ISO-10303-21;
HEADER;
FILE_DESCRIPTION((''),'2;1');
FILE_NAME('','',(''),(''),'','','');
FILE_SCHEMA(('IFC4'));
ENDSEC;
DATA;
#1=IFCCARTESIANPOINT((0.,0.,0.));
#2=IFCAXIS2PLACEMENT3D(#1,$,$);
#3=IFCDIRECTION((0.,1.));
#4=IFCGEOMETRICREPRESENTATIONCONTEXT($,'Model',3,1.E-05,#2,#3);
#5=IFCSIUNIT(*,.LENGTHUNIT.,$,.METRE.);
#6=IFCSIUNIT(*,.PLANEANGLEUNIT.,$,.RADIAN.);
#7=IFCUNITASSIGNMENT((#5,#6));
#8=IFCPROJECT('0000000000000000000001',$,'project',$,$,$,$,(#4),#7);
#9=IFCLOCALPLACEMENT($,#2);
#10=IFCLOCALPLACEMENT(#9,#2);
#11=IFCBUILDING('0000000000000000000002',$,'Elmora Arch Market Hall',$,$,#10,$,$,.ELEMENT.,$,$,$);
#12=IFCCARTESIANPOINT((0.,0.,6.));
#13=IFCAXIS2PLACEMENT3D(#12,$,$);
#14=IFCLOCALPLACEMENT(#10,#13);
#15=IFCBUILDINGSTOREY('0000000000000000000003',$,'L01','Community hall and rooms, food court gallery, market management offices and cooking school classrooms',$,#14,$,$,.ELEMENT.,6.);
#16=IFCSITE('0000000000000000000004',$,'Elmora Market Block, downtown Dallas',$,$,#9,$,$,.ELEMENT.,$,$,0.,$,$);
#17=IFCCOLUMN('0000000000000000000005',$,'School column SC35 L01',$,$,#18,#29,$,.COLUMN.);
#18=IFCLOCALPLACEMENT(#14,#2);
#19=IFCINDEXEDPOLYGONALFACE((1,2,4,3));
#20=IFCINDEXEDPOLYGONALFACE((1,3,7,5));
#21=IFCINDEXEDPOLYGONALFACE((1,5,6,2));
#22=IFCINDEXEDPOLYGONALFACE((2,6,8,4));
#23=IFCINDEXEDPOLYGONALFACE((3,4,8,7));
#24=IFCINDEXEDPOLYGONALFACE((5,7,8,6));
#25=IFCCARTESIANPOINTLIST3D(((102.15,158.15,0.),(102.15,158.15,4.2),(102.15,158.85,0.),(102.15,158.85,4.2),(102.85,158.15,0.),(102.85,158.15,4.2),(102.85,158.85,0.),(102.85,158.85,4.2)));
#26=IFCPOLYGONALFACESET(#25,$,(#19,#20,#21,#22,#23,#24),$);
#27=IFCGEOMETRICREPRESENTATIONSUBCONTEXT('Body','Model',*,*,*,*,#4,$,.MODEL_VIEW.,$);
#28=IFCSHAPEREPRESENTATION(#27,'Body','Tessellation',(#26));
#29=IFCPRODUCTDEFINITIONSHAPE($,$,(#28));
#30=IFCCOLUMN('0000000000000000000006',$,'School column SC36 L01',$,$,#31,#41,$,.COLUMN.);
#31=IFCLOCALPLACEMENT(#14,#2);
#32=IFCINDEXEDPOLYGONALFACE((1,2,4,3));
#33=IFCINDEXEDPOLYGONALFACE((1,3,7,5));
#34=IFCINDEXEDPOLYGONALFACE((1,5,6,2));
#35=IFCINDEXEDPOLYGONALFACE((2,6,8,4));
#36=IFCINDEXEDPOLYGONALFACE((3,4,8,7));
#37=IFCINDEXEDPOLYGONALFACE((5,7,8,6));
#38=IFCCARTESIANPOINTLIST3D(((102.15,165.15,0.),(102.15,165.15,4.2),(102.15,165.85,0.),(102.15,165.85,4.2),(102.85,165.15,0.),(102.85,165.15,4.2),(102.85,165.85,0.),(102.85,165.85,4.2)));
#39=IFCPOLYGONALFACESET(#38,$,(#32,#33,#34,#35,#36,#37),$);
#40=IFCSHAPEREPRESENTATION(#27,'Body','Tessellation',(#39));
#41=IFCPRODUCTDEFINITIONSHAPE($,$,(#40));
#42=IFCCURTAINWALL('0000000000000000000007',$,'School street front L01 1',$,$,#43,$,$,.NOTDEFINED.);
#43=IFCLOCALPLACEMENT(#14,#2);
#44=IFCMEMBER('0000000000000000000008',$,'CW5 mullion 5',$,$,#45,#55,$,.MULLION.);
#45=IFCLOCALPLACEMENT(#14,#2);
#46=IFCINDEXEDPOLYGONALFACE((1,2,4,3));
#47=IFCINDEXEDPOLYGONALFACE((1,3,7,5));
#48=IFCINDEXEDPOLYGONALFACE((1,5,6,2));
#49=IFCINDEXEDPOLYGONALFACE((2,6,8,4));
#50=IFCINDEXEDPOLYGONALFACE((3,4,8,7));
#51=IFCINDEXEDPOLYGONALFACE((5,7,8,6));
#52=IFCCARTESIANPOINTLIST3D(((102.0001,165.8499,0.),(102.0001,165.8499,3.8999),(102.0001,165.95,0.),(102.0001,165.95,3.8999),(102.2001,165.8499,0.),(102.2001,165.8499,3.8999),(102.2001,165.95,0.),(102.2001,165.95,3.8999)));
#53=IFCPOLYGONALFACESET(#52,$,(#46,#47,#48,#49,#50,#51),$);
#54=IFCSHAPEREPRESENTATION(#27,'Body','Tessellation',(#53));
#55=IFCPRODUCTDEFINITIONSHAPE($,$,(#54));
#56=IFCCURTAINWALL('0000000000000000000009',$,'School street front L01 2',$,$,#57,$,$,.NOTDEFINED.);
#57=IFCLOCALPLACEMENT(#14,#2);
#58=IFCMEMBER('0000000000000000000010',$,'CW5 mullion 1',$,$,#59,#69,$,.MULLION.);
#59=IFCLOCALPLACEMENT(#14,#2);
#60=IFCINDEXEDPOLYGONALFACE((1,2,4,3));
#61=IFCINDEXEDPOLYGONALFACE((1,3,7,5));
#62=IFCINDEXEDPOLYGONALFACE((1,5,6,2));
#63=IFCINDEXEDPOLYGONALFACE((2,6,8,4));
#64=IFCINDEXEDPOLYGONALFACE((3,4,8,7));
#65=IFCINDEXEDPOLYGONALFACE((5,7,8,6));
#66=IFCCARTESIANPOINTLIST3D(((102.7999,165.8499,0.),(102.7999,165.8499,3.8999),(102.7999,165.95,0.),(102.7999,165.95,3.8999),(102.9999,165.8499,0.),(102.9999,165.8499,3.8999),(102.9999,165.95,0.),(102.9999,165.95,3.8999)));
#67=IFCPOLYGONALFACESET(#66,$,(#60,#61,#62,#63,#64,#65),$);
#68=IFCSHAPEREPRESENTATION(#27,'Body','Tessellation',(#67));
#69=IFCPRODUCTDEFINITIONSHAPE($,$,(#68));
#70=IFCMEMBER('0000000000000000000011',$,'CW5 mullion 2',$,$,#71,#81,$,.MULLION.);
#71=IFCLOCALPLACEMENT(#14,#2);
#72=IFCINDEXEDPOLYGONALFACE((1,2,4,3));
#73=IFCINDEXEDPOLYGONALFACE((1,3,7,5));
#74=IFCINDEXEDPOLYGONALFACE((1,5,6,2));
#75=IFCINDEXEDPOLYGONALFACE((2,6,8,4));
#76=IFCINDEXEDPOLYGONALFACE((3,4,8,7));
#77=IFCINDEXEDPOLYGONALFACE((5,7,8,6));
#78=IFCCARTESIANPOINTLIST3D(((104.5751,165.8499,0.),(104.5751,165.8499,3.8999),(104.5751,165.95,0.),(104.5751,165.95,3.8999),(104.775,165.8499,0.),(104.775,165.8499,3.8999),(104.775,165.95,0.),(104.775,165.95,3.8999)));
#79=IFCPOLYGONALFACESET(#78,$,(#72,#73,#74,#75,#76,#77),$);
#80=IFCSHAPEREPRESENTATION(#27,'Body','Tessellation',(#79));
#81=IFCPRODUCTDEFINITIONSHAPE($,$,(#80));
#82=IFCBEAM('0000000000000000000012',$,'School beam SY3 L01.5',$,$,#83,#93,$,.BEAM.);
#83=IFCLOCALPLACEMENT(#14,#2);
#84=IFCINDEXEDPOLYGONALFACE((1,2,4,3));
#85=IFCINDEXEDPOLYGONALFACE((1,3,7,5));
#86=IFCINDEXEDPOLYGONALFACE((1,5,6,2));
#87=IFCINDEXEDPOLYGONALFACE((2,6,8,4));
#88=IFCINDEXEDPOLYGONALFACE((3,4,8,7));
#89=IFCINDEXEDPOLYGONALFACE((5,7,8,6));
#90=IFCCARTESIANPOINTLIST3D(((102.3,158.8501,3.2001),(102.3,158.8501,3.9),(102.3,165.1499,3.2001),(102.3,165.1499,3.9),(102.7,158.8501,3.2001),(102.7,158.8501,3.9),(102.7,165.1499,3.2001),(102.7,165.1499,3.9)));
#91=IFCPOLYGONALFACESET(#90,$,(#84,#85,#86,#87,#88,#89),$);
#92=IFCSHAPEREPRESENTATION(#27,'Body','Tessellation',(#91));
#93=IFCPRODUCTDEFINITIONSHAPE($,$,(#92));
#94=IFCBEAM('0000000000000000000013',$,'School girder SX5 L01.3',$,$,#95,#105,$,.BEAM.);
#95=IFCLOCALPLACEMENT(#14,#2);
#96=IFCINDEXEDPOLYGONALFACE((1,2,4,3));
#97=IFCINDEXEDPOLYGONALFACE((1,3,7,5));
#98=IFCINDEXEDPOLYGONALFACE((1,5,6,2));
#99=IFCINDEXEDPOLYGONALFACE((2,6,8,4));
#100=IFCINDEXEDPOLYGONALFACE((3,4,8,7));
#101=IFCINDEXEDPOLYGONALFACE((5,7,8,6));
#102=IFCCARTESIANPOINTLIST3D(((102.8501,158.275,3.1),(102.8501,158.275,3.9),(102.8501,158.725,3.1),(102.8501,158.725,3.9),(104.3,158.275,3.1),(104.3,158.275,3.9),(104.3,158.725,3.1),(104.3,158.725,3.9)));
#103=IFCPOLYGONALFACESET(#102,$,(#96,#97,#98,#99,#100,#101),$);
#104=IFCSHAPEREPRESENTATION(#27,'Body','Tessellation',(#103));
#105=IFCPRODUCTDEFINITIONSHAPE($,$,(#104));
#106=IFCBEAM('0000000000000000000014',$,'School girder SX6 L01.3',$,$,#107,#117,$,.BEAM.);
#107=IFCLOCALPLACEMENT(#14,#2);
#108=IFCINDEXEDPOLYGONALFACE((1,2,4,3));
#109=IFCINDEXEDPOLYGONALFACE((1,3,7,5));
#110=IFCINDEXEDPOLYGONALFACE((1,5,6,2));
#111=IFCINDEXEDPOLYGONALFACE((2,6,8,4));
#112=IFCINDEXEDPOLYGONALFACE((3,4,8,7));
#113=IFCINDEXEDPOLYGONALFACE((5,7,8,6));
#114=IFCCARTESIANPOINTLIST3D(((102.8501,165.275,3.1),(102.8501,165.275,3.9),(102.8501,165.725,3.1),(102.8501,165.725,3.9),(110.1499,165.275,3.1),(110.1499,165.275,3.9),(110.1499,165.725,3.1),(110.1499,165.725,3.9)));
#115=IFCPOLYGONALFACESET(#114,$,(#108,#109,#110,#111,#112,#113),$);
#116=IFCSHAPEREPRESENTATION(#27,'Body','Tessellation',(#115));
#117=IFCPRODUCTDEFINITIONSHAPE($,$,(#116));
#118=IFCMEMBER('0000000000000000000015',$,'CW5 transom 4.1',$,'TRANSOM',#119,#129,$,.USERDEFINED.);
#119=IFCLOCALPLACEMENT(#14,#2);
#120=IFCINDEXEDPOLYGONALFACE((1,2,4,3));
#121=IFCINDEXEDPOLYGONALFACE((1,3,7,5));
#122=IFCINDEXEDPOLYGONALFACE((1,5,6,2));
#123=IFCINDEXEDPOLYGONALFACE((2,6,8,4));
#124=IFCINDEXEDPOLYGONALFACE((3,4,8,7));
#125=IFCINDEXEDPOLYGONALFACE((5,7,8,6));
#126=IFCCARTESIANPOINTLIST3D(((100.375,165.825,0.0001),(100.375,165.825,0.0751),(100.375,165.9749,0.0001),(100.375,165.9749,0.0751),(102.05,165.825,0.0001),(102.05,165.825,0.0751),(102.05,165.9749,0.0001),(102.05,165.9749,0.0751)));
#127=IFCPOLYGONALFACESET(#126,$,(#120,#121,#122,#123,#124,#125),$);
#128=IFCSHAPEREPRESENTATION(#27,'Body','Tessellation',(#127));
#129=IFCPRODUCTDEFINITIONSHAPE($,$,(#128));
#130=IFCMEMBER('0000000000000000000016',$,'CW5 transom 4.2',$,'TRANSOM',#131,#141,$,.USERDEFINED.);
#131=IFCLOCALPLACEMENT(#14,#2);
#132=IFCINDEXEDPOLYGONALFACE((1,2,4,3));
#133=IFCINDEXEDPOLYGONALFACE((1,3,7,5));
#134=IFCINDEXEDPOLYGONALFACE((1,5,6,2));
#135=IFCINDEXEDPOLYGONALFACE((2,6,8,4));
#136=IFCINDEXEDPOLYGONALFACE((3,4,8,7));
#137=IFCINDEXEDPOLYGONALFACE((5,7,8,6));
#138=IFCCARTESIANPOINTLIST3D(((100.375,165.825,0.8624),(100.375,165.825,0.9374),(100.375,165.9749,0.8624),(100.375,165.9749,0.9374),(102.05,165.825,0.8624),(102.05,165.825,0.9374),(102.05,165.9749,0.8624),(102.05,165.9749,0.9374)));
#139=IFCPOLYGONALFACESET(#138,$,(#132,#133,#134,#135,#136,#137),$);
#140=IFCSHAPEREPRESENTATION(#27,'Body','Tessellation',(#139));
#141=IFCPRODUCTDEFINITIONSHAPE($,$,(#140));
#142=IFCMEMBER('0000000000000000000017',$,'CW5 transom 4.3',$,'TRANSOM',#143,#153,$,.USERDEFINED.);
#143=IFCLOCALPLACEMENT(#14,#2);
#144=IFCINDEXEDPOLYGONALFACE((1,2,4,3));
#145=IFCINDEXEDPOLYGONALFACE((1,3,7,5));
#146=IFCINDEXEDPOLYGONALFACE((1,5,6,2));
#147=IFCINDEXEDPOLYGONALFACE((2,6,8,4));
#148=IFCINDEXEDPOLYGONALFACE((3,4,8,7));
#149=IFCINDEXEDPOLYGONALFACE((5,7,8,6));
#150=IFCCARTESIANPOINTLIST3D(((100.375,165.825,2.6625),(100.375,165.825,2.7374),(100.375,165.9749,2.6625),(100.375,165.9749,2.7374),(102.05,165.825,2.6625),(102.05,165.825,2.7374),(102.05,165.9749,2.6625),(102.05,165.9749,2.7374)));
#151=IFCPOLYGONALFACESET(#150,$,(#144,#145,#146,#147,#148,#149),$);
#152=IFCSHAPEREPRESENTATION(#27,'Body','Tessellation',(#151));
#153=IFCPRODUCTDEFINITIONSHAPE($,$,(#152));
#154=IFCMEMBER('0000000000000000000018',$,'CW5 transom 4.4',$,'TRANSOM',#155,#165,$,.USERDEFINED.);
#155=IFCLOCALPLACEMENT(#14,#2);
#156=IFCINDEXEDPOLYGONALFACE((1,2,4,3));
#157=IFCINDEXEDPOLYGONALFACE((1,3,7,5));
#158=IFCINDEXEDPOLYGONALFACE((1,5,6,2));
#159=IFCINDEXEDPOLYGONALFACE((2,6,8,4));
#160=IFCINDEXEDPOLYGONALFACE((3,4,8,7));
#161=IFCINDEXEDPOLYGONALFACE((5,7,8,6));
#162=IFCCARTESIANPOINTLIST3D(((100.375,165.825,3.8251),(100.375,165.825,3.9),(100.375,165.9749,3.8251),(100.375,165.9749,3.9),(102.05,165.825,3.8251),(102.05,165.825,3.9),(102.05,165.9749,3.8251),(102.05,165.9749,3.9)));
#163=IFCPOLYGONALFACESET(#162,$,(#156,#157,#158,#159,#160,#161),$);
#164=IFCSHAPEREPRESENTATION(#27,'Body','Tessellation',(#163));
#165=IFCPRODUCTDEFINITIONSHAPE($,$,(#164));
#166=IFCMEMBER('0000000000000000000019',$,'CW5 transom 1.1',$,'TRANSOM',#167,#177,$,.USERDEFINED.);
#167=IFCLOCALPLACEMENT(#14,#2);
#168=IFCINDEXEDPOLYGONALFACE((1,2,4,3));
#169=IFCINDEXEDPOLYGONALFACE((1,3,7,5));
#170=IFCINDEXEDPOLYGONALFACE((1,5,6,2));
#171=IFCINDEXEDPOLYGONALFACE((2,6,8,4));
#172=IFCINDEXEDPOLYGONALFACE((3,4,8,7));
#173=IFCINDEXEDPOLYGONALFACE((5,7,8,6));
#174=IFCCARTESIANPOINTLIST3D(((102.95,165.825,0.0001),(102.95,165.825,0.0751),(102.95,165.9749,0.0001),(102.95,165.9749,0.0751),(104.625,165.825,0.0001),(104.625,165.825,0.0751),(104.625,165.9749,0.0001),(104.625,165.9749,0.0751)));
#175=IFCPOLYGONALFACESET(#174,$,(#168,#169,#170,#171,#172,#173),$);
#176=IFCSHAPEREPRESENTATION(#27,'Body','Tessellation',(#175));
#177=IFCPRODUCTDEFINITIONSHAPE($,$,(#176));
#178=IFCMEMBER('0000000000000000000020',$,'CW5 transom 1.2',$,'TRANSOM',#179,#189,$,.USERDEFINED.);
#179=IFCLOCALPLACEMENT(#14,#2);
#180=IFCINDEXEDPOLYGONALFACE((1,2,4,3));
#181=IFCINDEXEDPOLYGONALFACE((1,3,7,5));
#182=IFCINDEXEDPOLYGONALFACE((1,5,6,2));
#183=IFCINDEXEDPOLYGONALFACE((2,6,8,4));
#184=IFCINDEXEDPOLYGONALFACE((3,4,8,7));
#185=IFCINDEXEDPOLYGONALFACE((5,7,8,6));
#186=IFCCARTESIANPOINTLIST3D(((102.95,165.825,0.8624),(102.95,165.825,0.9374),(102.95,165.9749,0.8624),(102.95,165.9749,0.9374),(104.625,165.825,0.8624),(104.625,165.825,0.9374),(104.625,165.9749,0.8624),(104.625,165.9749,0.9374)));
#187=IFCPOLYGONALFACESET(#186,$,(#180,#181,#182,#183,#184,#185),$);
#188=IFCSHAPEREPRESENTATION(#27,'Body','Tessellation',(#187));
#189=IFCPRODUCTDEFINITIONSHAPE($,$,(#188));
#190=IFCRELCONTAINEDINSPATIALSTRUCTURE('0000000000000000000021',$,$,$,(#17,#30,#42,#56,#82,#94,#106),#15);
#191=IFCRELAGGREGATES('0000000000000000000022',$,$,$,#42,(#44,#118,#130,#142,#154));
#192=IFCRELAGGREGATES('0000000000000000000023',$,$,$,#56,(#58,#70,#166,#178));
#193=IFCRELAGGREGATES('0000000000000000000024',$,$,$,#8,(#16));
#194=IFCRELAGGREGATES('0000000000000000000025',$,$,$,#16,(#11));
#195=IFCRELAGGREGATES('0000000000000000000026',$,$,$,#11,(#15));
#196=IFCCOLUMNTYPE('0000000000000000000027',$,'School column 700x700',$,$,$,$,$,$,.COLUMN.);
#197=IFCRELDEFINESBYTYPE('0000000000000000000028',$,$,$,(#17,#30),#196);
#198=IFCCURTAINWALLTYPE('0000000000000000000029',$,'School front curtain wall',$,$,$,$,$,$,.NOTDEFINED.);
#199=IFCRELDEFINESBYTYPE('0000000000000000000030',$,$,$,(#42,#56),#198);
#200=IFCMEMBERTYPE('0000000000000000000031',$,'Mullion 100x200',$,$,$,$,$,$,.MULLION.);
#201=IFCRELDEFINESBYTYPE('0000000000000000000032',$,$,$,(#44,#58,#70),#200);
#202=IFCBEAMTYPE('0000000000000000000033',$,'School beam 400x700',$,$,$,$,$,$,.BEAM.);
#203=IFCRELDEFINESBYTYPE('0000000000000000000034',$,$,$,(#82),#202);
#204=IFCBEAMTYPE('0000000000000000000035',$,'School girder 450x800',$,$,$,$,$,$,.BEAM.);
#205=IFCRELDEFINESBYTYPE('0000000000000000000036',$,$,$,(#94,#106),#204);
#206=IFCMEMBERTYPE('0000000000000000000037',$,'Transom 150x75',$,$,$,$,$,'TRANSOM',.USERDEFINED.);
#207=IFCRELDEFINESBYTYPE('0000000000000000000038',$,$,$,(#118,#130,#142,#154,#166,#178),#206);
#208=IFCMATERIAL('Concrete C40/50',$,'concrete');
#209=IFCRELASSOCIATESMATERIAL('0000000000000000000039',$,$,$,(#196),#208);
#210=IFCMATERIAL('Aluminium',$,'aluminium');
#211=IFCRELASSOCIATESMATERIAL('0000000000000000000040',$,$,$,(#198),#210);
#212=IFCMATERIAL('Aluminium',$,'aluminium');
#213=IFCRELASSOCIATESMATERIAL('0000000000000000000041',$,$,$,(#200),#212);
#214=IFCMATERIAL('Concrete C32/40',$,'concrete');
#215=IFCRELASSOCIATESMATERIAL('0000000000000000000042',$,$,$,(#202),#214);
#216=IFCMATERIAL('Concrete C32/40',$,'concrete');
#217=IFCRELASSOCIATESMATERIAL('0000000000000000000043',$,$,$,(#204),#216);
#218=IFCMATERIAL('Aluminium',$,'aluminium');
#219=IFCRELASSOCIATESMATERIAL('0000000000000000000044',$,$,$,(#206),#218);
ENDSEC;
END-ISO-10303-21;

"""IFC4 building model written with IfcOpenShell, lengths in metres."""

from ifc_helpers import new_model, si_unit, direction, frame, origin, origin_2d, place, context, subcontext, project, spatial, rectangle, extrude, material, material_profile, profile_set, type_object, element, aggregate, save


model = new_model("IFC4")

# Units and contexts
model_context = context("Model", 3, precision=1e-05, world=origin(), true_north=direction((0.0, 1.0)))
body_context = subcontext(model_context, "Body", "Model", "MODEL_VIEW")
ifc_project = project(units=[si_unit("LENGTHUNIT", "METRE"), si_unit("PLANEANGLEUNIT", "RADIAN")], contexts=[model_context])

# Site, building, storey
site_placement = place(None, origin())
site = spatial("IfcSite", under=ifc_project, at=site_placement, Name="Elmora Market Block, downtown Dallas", CompositionType="ELEMENT", RefElevation=0.0)
building_placement = place(site_placement, origin())
building = spatial("IfcBuilding", under=site, at=building_placement, Name="Elmora Arch Market Hall", CompositionType="ELEMENT")
storey_placement = place(building_placement, frame((0.0, 0.0, 6.0)))
storey = spatial("IfcBuildingStorey", under=building, at=storey_placement, Name="L01", Description="Community hall and rooms, food court gallery, market management offices and cooking school classrooms", CompositionType="ELEMENT", Elevation=6.0)

# Columns
ifc_material_1 = material(Name="Concrete C40/50", Category="concrete")
ifc_material_profile_1 = material_profile(ifc_material_1, rectangle(XDim=0.7, YDim=0.7, at=origin_2d()), Name="School column 700x700")
ifc_profile_set_1 = profile_set([ifc_material_profile_1], Name="Concrete C40/50")
column_type = type_object("IfcColumnType", Name="School column 700x700", PredefinedType="COLUMN", material=ifc_profile_set_1)
for number, where, z_axis, x_axis, name in (
    (1, (102.5, 158.5, 0.0), (0.0, 0.0, 1.0), (1.0, 0.0, 0.0), "School column SC35 L01"),
    (2, (102.5, 165.5, 0.0), (0.0, 0.0, 1.0), (1.0, 0.0, 0.0), "School column SC36 L01"),
):
    element("IfcColumn", number, at=place(storey_placement, frame(where, z_axis=z_axis, x_axis=x_axis)), inside=storey, type_object=column_type, Name=name, PredefinedType="COLUMN", context=body_context, shape_type="SweptSolid", body=[
        extrude(rectangle(XDim=0.7, YDim=0.7, at=origin_2d()), origin(), (0.0, 0.0, 1.0), 4.2),
    ])

# Curtain wall, member
ifc_material_2 = material(Name="Aluminium", Category="aluminium")
curtain_wall_type = type_object("IfcCurtainWallType", Name="School front curtain wall", PredefinedType="NOTDEFINED", material=ifc_material_2)
curtain_wall_1_placement = place(storey_placement, origin())
curtain_wall_1 = element("IfcCurtainWall", 3, at=curtain_wall_1_placement, inside=storey, type_object=curtain_wall_type, Name="School street front L01 1", PredefinedType="NOTDEFINED")
ifc_material_3 = material(Name="Aluminium", Category="aluminium")
ifc_material_profile_2 = material_profile(ifc_material_3, rectangle(XDim=0.1001, YDim=0.2, at=origin_2d()), Name="AL 100x200")
ifc_profile_set_2 = profile_set([ifc_material_profile_2], Name="Aluminium")
member_type_1 = type_object("IfcMemberType", Name="Mullion 100x200", PredefinedType="MULLION", material=ifc_profile_set_2)
member_1_placement = place(storey_placement, frame((102.1001, 165.8999, 0.0), z_axis=(0.0, 0.0, 1.0), x_axis=(0.0, 1.0, 0.0)))
member_1 = element("IfcMember", 4, at=member_1_placement, type_object=member_type_1, Name="CW5 mullion 5", PredefinedType="MULLION", context=body_context, shape_type="SweptSolid", body=[
    extrude(rectangle(XDim=0.1001, YDim=0.2, at=origin_2d()), origin(), (0.0, 0.0, 1.0), 3.8999),
])

# Curtain wall, members
curtain_wall_2_placement = place(storey_placement, origin())
curtain_wall_2 = element("IfcCurtainWall", 5, at=curtain_wall_2_placement, inside=storey, type_object=curtain_wall_type, Name="School street front L01 2", PredefinedType="NOTDEFINED")
member_2_placement = place(storey_placement, frame((102.8999, 165.8999, 0.0), z_axis=(0.0, 0.0, 1.0), x_axis=(0.0, 1.0, 0.0)))
member_2 = element("IfcMember", 6, at=member_2_placement, type_object=member_type_1, Name="CW5 mullion 1", PredefinedType="MULLION", context=body_context, shape_type="SweptSolid", body=[
    extrude(rectangle(XDim=0.1001, YDim=0.2, at=origin_2d()), origin(), (0.0, 0.0, 1.0), 3.8999),
])
member_3_placement = place(storey_placement, frame((104.675, 165.8999, 0.0), z_axis=(0.0, 0.0, 1.0), x_axis=(0.0, 1.0, 0.0)))
member_3 = element("IfcMember", 7, at=member_3_placement, type_object=member_type_1, Name="CW5 mullion 2", PredefinedType="MULLION", context=body_context, shape_type="SweptSolid", body=[
    extrude(rectangle(XDim=0.1001, YDim=0.2, at=origin_2d()), origin(), (0.0, 0.0, 1.0), 3.8999),
])

# Beams
ifc_material_4 = material(Name="Concrete C32/40", Category="concrete")
ifc_material_profile_3 = material_profile(ifc_material_4, rectangle(XDim=0.3999, YDim=0.7, at=origin_2d()), Name="School beam 400x700")
ifc_profile_set_3 = profile_set([ifc_material_profile_3], Name="Concrete C32/40")
beam_type_1 = type_object("IfcBeamType", Name="School beam 400x700", PredefinedType="BEAM", material=ifc_profile_set_3)
beam_1_placement = place(storey_placement, frame((102.5, 158.8501, 3.55), z_axis=(0.0, 1.0, 0.0), x_axis=(-1.0, 0.0, 0.0)))
element("IfcBeam", 8, at=beam_1_placement, inside=storey, type_object=beam_type_1, Name="School beam SY3 L01.5", PredefinedType="BEAM", context=body_context, shape_type="SweptSolid", body=[
    extrude(rectangle(XDim=0.3999, YDim=0.7, at=origin_2d()), origin(), (0.0, 0.0, 1.0), 6.2998),
])
ifc_material_5 = material(Name="Concrete C32/40", Category="concrete")
ifc_material_profile_4 = material_profile(ifc_material_5, rectangle(XDim=0.45, YDim=0.8, at=origin_2d()), Name="School girder 450x800")
ifc_profile_set_4 = profile_set([ifc_material_profile_4], Name="Concrete C32/40")
beam_type_2 = type_object("IfcBeamType", Name="School girder 450x800", PredefinedType="BEAM", material=ifc_profile_set_4)
beam_2_placement = place(storey_placement, frame((102.8501, 158.5, 3.5), z_axis=(1.0, 0.0, 0.0), x_axis=(0.0, 1.0, 0.0)))
element("IfcBeam", 9, at=beam_2_placement, inside=storey, type_object=beam_type_2, Name="School girder SX5 L01.3", PredefinedType="BEAM", context=body_context, shape_type="SweptSolid", body=[
    extrude(rectangle(XDim=0.45, YDim=0.8, at=origin_2d()), origin(), (0.0, 0.0, 1.0), 1.45),
])
beam_3_placement = place(storey_placement, frame((102.8501, 165.5, 3.5), z_axis=(1.0, 0.0, 0.0), x_axis=(0.0, 1.0, 0.0)))
element("IfcBeam", 10, at=beam_3_placement, inside=storey, type_object=beam_type_2, Name="School girder SX6 L01.3", PredefinedType="BEAM", context=body_context, shape_type="SweptSolid", body=[
    extrude(rectangle(XDim=0.45, YDim=0.8, at=origin_2d()), origin(), (0.0, 0.0, 1.0), 7.2998),
])

# Members
ifc_material_6 = material(Name="Aluminium", Category="aluminium")
ifc_material_profile_5 = material_profile(ifc_material_6, rectangle(XDim=0.1499, YDim=0.075, at=origin_2d()), Name="AL 150x75")
ifc_profile_set_5 = profile_set([ifc_material_profile_5], Name="Aluminium")
member_type_2 = type_object("IfcMemberType", Name="Transom 150x75", ElementType="TRANSOM", PredefinedType="USERDEFINED", material=ifc_profile_set_5)
member_4_placement = place(storey_placement, frame((100.375, 165.8999, 0.0376), z_axis=(1.0, 0.0, 0.0), x_axis=(0.0, 1.0, 0.0)))
member_4 = element("IfcMember", 11, at=member_4_placement, type_object=member_type_2, Name="CW5 transom 4.1", ObjectType="TRANSOM", PredefinedType="USERDEFINED", context=body_context, shape_type="SweptSolid", body=[
    extrude(rectangle(XDim=0.1499, YDim=0.075, at=origin_2d()), origin(), (0.0, 0.0, 1.0), 1.675),
])
member_5_placement = place(storey_placement, frame((100.375, 165.8999, 0.8999), z_axis=(1.0, 0.0, 0.0), x_axis=(0.0, 1.0, 0.0)))
member_5 = element("IfcMember", 12, at=member_5_placement, type_object=member_type_2, Name="CW5 transom 4.2", ObjectType="TRANSOM", PredefinedType="USERDEFINED", context=body_context, shape_type="SweptSolid", body=[
    extrude(rectangle(XDim=0.1499, YDim=0.075, at=origin_2d()), origin(), (0.0, 0.0, 1.0), 1.675),
])
member_6_placement = place(storey_placement, frame((100.375, 165.8999, 2.7), z_axis=(1.0, 0.0, 0.0), x_axis=(0.0, 1.0, 0.0)))
member_6 = element("IfcMember", 13, at=member_6_placement, type_object=member_type_2, Name="CW5 transom 4.3", ObjectType="TRANSOM", PredefinedType="USERDEFINED", context=body_context, shape_type="SweptSolid", body=[
    extrude(rectangle(XDim=0.1499, YDim=0.075, at=origin_2d()), origin(), (0.0, 0.0, 1.0), 1.675),
])
member_7_placement = place(storey_placement, frame((100.375, 165.8999, 3.8625), z_axis=(1.0, 0.0, 0.0), x_axis=(0.0, 1.0, 0.0)))
member_7 = element("IfcMember", 14, at=member_7_placement, type_object=member_type_2, Name="CW5 transom 4.4", ObjectType="TRANSOM", PredefinedType="USERDEFINED", context=body_context, shape_type="SweptSolid", body=[
    extrude(rectangle(XDim=0.1499, YDim=0.075, at=origin_2d()), origin(), (0.0, 0.0, 1.0), 1.675),
])
member_8_placement = place(storey_placement, frame((102.95, 165.8999, 0.0376), z_axis=(1.0, 0.0, 0.0), x_axis=(0.0, 1.0, 0.0)))
member_8 = element("IfcMember", 15, at=member_8_placement, type_object=member_type_2, Name="CW5 transom 1.1", ObjectType="TRANSOM", PredefinedType="USERDEFINED", context=body_context, shape_type="SweptSolid", body=[
    extrude(rectangle(XDim=0.1499, YDim=0.075, at=origin_2d()), origin(), (0.0, 0.0, 1.0), 1.675),
])
member_9_placement = place(storey_placement, frame((102.95, 165.8999, 0.8999), z_axis=(1.0, 0.0, 0.0), x_axis=(0.0, 1.0, 0.0)))
member_9 = element("IfcMember", 16, at=member_9_placement, type_object=member_type_2, Name="CW5 transom 1.2", ObjectType="TRANSOM", PredefinedType="USERDEFINED", context=body_context, shape_type="SweptSolid", body=[
    extrude(rectangle(XDim=0.1499, YDim=0.075, at=origin_2d()), origin(), (0.0, 0.0, 1.0), 1.675),
])

aggregate(curtain_wall_1, [member_1, member_4, member_5, member_6, member_7])
aggregate(curtain_wall_2, [member_2, member_3, member_8, member_9])

save(model, "model.ifc")
